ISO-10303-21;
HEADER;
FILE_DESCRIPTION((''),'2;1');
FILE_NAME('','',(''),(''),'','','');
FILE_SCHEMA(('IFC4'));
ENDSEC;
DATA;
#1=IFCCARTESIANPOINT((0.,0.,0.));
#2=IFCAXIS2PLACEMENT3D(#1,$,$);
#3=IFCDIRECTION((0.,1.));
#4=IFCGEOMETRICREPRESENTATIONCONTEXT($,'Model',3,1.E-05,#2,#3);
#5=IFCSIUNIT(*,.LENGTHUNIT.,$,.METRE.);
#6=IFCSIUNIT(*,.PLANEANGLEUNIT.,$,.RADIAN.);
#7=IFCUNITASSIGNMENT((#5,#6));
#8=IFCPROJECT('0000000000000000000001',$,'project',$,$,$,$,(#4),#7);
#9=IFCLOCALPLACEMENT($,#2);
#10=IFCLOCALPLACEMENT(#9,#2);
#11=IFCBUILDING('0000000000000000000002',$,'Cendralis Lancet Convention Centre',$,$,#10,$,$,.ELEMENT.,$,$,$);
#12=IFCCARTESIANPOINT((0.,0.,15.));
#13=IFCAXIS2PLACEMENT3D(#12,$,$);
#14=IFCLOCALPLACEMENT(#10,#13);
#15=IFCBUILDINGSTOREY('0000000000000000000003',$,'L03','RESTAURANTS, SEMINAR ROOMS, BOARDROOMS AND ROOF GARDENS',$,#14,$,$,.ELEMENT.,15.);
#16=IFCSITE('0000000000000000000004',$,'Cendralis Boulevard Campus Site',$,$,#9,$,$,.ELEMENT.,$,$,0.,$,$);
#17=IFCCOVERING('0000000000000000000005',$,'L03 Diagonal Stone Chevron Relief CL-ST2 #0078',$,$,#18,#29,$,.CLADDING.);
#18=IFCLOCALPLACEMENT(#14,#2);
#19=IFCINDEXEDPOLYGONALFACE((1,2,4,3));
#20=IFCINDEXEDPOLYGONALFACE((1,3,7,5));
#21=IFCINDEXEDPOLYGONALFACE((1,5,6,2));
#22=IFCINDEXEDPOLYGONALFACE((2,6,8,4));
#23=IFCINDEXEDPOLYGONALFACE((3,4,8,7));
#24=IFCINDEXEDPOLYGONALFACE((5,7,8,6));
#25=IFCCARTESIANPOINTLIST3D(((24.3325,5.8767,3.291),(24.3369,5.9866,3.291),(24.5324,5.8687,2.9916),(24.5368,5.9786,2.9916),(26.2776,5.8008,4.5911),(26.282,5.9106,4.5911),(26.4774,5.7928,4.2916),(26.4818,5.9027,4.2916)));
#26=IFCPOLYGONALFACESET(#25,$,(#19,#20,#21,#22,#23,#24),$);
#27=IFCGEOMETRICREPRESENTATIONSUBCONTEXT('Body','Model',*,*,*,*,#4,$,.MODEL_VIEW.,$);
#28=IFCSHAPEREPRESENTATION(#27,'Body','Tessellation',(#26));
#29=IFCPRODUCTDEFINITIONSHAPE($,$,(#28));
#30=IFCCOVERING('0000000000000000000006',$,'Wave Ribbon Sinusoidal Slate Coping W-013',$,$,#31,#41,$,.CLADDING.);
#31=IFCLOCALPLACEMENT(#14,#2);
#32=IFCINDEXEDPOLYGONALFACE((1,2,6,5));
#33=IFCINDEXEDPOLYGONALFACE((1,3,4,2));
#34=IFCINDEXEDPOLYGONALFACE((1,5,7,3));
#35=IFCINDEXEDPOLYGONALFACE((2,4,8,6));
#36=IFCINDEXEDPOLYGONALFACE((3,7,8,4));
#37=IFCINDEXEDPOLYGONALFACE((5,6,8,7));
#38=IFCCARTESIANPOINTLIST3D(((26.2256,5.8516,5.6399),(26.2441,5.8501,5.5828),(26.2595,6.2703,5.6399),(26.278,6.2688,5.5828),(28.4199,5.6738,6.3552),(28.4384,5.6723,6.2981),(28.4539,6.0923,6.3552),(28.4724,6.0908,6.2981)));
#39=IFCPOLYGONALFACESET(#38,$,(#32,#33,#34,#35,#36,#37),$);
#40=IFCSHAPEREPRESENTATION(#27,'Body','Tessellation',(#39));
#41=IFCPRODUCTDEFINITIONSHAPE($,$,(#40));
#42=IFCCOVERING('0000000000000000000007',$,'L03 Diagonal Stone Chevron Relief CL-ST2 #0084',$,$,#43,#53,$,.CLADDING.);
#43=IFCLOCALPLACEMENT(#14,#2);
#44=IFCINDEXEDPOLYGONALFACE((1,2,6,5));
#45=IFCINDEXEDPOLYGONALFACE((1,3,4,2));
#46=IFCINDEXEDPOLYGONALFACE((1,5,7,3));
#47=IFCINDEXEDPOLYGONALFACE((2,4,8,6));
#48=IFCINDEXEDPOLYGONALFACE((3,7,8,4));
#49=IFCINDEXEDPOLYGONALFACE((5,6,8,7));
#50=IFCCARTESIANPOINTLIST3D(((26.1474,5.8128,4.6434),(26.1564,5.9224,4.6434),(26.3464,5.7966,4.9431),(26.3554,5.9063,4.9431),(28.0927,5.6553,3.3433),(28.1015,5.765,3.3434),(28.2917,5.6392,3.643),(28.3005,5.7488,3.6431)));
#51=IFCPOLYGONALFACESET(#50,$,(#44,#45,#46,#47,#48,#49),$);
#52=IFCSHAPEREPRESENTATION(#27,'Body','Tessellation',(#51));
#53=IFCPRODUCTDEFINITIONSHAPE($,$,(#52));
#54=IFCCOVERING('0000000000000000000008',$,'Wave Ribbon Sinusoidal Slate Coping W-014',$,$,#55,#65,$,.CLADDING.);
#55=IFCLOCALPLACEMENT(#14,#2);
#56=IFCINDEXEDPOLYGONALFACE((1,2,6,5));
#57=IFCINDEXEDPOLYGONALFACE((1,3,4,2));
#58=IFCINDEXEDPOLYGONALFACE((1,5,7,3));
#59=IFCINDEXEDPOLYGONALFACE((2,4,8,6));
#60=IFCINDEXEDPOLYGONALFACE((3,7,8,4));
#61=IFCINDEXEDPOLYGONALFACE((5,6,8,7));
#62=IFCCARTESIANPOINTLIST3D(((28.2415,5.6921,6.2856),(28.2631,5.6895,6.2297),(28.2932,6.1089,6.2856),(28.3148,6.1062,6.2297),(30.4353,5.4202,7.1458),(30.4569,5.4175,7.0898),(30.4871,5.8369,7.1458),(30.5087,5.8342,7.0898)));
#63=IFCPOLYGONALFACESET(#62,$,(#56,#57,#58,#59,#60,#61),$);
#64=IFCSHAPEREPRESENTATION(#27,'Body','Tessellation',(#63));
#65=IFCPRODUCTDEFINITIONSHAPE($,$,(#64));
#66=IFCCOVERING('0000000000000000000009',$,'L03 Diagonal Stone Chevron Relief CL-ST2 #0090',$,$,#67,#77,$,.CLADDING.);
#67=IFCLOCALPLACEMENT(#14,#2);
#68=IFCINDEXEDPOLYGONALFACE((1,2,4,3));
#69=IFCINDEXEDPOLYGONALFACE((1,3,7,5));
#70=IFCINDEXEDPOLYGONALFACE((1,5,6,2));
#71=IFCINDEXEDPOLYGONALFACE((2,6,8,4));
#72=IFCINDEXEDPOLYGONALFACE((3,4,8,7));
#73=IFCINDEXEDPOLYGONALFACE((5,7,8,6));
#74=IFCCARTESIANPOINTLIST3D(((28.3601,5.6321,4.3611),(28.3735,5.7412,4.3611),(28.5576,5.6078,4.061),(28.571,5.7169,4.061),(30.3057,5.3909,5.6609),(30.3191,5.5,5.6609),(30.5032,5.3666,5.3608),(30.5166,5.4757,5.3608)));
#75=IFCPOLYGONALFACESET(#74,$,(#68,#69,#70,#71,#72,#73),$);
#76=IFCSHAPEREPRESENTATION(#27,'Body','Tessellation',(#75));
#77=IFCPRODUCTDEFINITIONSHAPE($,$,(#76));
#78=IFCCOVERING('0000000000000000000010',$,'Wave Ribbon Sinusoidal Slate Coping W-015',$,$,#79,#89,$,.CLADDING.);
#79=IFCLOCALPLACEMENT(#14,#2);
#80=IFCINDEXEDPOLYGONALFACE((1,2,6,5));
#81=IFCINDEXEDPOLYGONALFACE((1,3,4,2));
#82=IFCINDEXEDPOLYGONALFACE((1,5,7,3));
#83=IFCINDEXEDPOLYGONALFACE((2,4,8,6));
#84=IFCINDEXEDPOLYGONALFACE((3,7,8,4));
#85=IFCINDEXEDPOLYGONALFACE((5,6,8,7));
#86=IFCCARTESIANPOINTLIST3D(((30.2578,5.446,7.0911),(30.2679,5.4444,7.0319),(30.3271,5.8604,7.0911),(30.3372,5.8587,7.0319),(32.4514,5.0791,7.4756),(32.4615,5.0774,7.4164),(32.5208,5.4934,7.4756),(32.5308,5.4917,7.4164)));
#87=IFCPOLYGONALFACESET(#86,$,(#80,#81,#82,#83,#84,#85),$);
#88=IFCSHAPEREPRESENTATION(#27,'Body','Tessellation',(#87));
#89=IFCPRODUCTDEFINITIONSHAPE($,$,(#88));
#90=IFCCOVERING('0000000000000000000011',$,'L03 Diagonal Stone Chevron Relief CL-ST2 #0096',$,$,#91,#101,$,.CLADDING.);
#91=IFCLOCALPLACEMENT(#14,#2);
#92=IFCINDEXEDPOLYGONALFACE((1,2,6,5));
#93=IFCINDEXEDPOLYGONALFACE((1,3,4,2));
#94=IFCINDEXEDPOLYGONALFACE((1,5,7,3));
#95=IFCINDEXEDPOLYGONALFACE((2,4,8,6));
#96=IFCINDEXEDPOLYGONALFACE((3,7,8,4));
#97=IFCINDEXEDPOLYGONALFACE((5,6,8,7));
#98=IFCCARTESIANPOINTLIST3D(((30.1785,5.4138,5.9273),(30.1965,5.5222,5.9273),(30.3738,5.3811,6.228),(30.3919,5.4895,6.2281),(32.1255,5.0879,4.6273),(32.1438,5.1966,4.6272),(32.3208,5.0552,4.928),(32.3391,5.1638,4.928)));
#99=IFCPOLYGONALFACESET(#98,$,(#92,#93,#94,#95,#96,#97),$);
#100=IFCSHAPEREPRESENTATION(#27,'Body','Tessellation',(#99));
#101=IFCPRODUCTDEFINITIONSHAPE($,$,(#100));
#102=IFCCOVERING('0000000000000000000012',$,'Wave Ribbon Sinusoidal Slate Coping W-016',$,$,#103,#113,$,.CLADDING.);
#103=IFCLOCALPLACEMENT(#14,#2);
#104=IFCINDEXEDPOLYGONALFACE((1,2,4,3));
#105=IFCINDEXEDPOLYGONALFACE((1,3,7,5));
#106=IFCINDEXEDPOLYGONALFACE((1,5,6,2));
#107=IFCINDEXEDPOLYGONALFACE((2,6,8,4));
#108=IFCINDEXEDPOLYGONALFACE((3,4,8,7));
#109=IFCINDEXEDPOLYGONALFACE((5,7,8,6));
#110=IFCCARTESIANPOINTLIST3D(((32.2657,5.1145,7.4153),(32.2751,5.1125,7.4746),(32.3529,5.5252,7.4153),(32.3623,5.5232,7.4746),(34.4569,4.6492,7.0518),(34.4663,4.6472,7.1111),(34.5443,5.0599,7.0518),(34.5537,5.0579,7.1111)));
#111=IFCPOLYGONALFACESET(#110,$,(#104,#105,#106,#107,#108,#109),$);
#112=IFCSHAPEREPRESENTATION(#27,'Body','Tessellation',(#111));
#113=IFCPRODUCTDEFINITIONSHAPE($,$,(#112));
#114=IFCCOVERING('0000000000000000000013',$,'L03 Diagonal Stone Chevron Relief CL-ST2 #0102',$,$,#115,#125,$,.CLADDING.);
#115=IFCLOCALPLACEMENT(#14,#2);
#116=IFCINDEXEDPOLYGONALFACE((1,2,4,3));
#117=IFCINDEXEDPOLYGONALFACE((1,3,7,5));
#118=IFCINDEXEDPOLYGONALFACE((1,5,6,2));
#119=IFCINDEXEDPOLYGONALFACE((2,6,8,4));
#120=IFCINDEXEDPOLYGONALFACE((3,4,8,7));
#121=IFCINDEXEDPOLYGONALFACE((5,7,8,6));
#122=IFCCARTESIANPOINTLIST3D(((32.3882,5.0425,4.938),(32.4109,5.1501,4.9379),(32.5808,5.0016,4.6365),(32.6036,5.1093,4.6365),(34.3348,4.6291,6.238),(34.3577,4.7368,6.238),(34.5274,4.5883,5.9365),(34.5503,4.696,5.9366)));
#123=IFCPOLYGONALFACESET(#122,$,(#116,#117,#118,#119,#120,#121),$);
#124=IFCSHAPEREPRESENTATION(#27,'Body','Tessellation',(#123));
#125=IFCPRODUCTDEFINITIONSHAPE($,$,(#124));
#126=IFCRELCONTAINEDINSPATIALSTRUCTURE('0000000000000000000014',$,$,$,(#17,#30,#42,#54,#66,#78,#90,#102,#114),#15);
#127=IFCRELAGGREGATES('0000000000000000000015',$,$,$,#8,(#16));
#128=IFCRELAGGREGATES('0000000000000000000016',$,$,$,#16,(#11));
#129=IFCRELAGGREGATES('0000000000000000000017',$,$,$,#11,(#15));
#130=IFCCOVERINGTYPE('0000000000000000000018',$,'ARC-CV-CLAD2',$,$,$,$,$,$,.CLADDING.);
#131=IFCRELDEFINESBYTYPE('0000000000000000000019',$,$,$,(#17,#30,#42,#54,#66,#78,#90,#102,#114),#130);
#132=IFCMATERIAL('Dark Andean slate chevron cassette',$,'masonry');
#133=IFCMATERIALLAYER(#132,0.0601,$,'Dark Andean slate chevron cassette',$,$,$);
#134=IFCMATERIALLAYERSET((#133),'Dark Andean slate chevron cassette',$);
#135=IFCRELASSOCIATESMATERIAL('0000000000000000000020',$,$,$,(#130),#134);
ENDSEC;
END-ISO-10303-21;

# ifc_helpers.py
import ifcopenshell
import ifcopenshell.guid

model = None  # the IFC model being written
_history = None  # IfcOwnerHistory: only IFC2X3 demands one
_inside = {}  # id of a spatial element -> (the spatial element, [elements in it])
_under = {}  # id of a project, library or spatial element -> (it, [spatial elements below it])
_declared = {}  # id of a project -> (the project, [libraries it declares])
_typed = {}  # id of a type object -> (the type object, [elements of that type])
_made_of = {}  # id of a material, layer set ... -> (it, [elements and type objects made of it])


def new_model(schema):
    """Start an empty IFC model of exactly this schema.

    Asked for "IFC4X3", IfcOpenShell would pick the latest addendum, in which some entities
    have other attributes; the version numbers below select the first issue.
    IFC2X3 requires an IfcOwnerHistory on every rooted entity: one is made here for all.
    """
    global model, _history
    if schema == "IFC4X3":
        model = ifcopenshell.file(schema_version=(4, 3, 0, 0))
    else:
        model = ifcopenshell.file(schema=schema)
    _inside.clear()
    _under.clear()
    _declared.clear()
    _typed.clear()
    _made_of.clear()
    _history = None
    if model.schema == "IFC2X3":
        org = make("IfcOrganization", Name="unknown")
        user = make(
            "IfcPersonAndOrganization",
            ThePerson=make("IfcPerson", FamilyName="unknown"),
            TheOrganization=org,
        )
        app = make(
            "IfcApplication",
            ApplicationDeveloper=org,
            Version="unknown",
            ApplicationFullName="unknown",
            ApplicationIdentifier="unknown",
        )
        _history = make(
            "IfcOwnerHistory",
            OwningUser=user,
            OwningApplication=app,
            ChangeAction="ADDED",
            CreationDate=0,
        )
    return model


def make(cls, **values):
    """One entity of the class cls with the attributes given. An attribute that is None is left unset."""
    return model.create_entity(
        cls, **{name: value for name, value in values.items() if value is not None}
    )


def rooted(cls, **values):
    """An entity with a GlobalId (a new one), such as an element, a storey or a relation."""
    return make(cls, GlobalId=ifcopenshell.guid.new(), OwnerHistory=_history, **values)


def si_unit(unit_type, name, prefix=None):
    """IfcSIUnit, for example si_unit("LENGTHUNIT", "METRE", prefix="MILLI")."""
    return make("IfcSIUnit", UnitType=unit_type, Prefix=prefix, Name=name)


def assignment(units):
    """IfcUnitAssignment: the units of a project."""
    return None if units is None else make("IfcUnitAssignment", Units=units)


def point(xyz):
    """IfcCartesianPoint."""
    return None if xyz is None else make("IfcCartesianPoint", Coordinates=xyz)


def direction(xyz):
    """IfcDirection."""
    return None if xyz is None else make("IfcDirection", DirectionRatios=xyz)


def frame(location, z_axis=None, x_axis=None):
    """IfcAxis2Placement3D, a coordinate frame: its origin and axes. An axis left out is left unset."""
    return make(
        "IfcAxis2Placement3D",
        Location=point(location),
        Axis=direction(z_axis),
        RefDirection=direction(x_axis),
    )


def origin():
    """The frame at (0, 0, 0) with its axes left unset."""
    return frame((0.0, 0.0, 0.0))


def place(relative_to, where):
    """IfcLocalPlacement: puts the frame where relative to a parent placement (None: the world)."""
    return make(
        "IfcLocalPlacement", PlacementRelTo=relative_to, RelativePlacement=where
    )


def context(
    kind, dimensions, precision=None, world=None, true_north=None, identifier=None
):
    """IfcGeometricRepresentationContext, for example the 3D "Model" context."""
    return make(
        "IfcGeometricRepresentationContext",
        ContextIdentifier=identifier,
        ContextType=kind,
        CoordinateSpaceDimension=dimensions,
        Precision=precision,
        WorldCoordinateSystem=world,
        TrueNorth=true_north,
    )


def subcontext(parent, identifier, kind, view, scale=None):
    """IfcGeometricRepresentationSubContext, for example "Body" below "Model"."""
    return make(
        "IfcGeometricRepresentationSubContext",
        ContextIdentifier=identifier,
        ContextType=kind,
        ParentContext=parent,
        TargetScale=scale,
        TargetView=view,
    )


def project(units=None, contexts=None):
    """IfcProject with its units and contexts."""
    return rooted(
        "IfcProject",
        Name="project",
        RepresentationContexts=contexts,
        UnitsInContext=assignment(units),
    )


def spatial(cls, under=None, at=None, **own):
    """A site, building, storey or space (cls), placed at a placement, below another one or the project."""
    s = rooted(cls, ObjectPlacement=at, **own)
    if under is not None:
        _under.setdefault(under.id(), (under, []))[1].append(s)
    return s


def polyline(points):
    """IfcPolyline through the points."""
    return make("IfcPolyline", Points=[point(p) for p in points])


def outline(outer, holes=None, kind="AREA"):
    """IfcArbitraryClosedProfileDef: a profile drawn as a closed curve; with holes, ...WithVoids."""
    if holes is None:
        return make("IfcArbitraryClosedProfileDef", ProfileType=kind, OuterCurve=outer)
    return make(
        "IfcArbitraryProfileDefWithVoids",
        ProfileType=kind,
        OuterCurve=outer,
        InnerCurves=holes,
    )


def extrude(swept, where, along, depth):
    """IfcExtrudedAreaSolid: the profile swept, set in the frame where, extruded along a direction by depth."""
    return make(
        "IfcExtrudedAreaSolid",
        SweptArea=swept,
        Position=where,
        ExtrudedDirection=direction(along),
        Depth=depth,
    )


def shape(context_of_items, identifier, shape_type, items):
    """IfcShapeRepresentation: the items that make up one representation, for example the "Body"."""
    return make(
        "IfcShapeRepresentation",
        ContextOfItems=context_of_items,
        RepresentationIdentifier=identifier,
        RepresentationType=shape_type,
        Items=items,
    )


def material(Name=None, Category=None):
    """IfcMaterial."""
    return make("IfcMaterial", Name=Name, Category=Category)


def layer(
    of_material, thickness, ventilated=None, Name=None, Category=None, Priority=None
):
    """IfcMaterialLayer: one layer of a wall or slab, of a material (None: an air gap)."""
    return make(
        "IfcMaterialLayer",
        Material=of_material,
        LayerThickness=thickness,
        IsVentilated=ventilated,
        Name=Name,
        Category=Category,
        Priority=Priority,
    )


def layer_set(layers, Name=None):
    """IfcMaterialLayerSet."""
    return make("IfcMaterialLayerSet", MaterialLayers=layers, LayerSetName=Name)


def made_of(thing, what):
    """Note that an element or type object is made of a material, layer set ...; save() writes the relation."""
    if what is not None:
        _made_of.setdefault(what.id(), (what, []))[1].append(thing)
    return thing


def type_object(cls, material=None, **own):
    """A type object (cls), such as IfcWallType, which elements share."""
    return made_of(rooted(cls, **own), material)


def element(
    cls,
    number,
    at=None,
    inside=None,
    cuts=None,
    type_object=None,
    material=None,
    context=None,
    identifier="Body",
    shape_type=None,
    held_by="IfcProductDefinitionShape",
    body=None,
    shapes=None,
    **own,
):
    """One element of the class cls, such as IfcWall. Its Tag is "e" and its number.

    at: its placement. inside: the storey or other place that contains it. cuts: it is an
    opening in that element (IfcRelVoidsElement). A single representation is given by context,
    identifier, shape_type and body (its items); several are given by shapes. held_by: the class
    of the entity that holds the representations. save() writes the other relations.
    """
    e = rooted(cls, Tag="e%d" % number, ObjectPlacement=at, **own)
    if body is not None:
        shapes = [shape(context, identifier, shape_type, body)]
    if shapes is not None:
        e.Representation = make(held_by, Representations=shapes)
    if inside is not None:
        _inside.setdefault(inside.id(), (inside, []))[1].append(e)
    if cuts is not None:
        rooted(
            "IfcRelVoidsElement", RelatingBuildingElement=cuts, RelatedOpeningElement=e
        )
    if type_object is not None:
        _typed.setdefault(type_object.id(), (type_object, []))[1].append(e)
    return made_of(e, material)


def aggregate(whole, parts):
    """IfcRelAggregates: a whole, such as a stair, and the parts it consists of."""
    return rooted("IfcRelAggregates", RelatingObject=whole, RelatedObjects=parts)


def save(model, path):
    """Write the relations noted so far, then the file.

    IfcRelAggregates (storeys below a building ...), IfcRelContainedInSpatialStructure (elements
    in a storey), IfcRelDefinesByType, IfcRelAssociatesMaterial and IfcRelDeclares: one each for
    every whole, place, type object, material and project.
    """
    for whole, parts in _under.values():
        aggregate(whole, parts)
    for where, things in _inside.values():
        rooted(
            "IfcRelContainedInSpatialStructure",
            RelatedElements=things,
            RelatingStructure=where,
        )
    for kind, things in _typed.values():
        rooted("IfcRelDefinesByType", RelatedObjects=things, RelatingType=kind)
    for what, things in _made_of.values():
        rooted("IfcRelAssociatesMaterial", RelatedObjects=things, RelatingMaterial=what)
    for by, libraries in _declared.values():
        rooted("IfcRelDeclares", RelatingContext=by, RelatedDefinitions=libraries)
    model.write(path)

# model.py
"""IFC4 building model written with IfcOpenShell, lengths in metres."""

from ifc_helpers import new_model, si_unit, direction, frame, origin, place, context, subcontext, project, spatial, polyline, outline, extrude, material, layer, layer_set, type_object, element, save


model = new_model("IFC4")

# Units and contexts
model_context = context("Model", 3, precision=1e-05, world=origin(), true_north=direction((0.0, 1.0)))
body_context = subcontext(model_context, "Body", "Model", "MODEL_VIEW")
ifc_project = project(units=[si_unit("LENGTHUNIT", "METRE"), si_unit("PLANEANGLEUNIT", "RADIAN")], contexts=[model_context])

# Site, building, storey
site_placement = place(None, origin())
site = spatial("IfcSite", under=ifc_project, at=site_placement, Name="Cendralis Boulevard Campus Site", CompositionType="ELEMENT", RefElevation=0.0)
building_placement = place(site_placement, origin())
building = spatial("IfcBuilding", under=site, at=building_placement, Name="Cendralis Lancet Convention Centre", CompositionType="ELEMENT")
storey_placement = place(building_placement, frame((0.0, 0.0, 15.0)))
storey = spatial("IfcBuildingStorey", under=building, at=storey_placement, Name="L03", Description="RESTAURANTS, SEMINAR ROOMS, BOARDROOMS AND ROOF GARDENS", CompositionType="ELEMENT", Elevation=15.0)

# Shared definitions
ifc_material_1 = material(Name="Dark Andean slate chevron cassette", Category="masonry")

# Coverings
ifc_layer_1 = layer(ifc_material_1, 0.0601, Name="Dark Andean slate chevron cassette")
ifc_layer_set_1 = layer_set([ifc_layer_1], Name="Dark Andean slate chevron cassette")
covering_type_1 = type_object("IfcCoveringType", Name="ARC-CV-CLAD2", PredefinedType="CLADDING", material=ifc_layer_set_1)
covering_1_placement = place(storey_placement, frame((24.3325, 5.8767, 3.291), z_axis=(-0.554951, 0.022198, 0.831587), x_axis=(0.830954, -0.032437, 0.555395)))
element("IfcCovering", 1, at=covering_1_placement, inside=storey, type_object=covering_type_1, Name="L03 Diagonal Stone Chevron Relief CL-ST2 #0078", PredefinedType="CLADDING", context=body_context, shape_type="SweptSolid", body=[
    extrude(outline(polyline([(0.0, 0.0), (2.3408, 0.0), (2.3409, 0.11), (0.0001, 0.11), (0.0, 0.0)])), origin(), (0.0, 0.0, -1.0), 0.3601),
])
covering_2_placement = place(storey_placement, frame((26.2256, 5.8516, 5.6399), z_axis=(-0.308011, 0.024971, 0.951055), x_axis=(0.947951, -0.076781, 0.309021)))
element("IfcCovering", 2, at=covering_2_placement, inside=storey, type_object=covering_type_1, Name="Wave Ribbon Sinusoidal Slate Coping W-013", PredefinedType="CLADDING", context=body_context, shape_type="SweptSolid", body=[
    extrude(outline(polyline([(0.0, 0.0), (2.3148, 0.0), (2.3149, 0.4198), (0.0, 0.4201), (0.0, 0.0)])), origin(), (0.0, 0.0, -1.0), 0.0601),
])
covering_3_placement = place(storey_placement, frame((26.3464, 5.7966, 4.9431), z_axis=(0.552586, -0.044921, 0.832245), x_axis=(0.829531, -0.06715, -0.554409)))
element("IfcCovering", 3, at=covering_3_placement, inside=storey, type_object=covering_type_1, Name="L03 Diagonal Stone Chevron Relief CL-ST2 #0084", PredefinedType="CLADDING", context=body_context, shape_type="SweptSolid", body=[
    extrude(outline(polyline([(0.0, 0.0), (2.345, 0.0), (2.345, 0.11), (0.0001, 0.11), (0.0, 0.0)])), origin(), (0.0, 0.0, -1.0), 0.3601),
])
covering_4_placement = place(storey_placement, frame((28.2415, 5.6921, 6.2856), z_axis=(-0.359833, 0.044689, 0.931946), x_axis=(0.924866, -0.114656, 0.362598)))
element("IfcCovering", 4, at=covering_4_placement, inside=storey, type_object=covering_type_1, Name="Wave Ribbon Sinusoidal Slate Coping W-014", PredefinedType="CLADDING", context=body_context, shape_type="SweptSolid", body=[
    extrude(outline(polyline([(0.0, 0.0), (2.3721, 0.0), (2.3722, 0.4199), (0.0001, 0.4199), (0.0, 0.0)])), origin(), (0.0, 0.0, -1.0), 0.0601),
])
covering_5_placement = place(storey_placement, frame((28.3601, 5.6321, 4.3611), z_axis=(-0.548454, 0.067483, 0.833453), x_axis=(0.827121, -0.102547, 0.55259)))
element("IfcCovering", 5, at=covering_5_placement, inside=storey, type_object=covering_type_1, Name="L03 Diagonal Stone Chevron Relief CL-ST2 #0090", PredefinedType="CLADDING", context=body_context, shape_type="SweptSolid", body=[
    extrude(outline(polyline([(0.0, 0.0), (2.3522, 0.0), (2.3521, 0.11), (-0.0001, 0.11), (0.0, 0.0)])), origin(), (0.0, 0.0, -1.0), 0.3601),
])
covering_6_placement = place(storey_placement, frame((30.2578, 5.446, 7.0911), z_axis=(-0.168026, 0.02812, 0.985381), x_axis=(0.971878, -0.162575, 0.170363)))
element("IfcCovering", 6, at=covering_6_placement, inside=storey, type_object=covering_type_1, Name="Wave Ribbon Sinusoidal Slate Coping W-015", PredefinedType="CLADDING", context=body_context, shape_type="SweptSolid", body=[
    extrude(outline(polyline([(0.0, 0.0), (2.2571, 0.0), (2.2571, 0.4201), (0.0, 0.4201), (0.0, 0.0)])), origin(), (0.0, 0.0, -1.0), 0.0601),
])
covering_7_placement = place(storey_placement, frame((30.3738, 5.3811, 6.228), z_axis=(0.542412, -0.09091, 0.835179), x_axis=(0.823718, -0.137889, -0.549978)))
element("IfcCovering", 7, at=covering_7_placement, inside=storey, type_object=covering_type_1, Name="L03 Diagonal Stone Chevron Relief CL-ST2 #0096", PredefinedType="CLADDING", context=body_context, shape_type="SweptSolid", body=[
    extrude(outline(polyline([(0.0, 0.0), (2.3637, 0.0), (2.3638, 0.1102), (-0.0001, 0.1099), (0.0, 0.0)])), origin(), (0.0, 0.0, -1.0), 0.3601),
])
covering_8_placement = place(storey_placement, frame((32.2751, 5.1125, 7.4746), z_axis=(0.156682, -0.033302, 0.987087), x_axis=(0.965554, -0.205053, -0.160182)))
element("IfcCovering", 8, at=covering_8_placement, inside=storey, type_object=covering_type_1, Name="Wave Ribbon Sinusoidal Slate Coping W-016", PredefinedType="CLADDING", context=body_context, shape_type="SweptSolid", body=[
    extrude(outline(polyline([(0.0, 0.0), (2.2693, 0.0), (2.2695, 0.4198), (0.0, 0.4198), (0.0, 0.0)])), origin(), (0.0, 0.0, -1.0), 0.0601),
])
covering_9_placement = place(storey_placement, frame((32.3882, 5.0425, 4.938), z_axis=(-0.535021, 0.113434, 0.837189), x_axis=(0.81893, -0.173893, 0.546914)))
element("IfcCovering", 9, at=covering_9_placement, inside=storey, type_object=covering_type_1, Name="L03 Diagonal Stone Chevron Relief CL-ST2 #0102", PredefinedType="CLADDING", context=body_context, shape_type="SweptSolid", body=[
    extrude(outline(polyline([(0.0, 0.0), (2.377, 0.0), (2.377, 0.1101), (-0.0001, 0.11), (0.0, 0.0)])), origin(), (0.0, 0.0, -1.0), 0.3601),
])

save(model, "model.ifc")
